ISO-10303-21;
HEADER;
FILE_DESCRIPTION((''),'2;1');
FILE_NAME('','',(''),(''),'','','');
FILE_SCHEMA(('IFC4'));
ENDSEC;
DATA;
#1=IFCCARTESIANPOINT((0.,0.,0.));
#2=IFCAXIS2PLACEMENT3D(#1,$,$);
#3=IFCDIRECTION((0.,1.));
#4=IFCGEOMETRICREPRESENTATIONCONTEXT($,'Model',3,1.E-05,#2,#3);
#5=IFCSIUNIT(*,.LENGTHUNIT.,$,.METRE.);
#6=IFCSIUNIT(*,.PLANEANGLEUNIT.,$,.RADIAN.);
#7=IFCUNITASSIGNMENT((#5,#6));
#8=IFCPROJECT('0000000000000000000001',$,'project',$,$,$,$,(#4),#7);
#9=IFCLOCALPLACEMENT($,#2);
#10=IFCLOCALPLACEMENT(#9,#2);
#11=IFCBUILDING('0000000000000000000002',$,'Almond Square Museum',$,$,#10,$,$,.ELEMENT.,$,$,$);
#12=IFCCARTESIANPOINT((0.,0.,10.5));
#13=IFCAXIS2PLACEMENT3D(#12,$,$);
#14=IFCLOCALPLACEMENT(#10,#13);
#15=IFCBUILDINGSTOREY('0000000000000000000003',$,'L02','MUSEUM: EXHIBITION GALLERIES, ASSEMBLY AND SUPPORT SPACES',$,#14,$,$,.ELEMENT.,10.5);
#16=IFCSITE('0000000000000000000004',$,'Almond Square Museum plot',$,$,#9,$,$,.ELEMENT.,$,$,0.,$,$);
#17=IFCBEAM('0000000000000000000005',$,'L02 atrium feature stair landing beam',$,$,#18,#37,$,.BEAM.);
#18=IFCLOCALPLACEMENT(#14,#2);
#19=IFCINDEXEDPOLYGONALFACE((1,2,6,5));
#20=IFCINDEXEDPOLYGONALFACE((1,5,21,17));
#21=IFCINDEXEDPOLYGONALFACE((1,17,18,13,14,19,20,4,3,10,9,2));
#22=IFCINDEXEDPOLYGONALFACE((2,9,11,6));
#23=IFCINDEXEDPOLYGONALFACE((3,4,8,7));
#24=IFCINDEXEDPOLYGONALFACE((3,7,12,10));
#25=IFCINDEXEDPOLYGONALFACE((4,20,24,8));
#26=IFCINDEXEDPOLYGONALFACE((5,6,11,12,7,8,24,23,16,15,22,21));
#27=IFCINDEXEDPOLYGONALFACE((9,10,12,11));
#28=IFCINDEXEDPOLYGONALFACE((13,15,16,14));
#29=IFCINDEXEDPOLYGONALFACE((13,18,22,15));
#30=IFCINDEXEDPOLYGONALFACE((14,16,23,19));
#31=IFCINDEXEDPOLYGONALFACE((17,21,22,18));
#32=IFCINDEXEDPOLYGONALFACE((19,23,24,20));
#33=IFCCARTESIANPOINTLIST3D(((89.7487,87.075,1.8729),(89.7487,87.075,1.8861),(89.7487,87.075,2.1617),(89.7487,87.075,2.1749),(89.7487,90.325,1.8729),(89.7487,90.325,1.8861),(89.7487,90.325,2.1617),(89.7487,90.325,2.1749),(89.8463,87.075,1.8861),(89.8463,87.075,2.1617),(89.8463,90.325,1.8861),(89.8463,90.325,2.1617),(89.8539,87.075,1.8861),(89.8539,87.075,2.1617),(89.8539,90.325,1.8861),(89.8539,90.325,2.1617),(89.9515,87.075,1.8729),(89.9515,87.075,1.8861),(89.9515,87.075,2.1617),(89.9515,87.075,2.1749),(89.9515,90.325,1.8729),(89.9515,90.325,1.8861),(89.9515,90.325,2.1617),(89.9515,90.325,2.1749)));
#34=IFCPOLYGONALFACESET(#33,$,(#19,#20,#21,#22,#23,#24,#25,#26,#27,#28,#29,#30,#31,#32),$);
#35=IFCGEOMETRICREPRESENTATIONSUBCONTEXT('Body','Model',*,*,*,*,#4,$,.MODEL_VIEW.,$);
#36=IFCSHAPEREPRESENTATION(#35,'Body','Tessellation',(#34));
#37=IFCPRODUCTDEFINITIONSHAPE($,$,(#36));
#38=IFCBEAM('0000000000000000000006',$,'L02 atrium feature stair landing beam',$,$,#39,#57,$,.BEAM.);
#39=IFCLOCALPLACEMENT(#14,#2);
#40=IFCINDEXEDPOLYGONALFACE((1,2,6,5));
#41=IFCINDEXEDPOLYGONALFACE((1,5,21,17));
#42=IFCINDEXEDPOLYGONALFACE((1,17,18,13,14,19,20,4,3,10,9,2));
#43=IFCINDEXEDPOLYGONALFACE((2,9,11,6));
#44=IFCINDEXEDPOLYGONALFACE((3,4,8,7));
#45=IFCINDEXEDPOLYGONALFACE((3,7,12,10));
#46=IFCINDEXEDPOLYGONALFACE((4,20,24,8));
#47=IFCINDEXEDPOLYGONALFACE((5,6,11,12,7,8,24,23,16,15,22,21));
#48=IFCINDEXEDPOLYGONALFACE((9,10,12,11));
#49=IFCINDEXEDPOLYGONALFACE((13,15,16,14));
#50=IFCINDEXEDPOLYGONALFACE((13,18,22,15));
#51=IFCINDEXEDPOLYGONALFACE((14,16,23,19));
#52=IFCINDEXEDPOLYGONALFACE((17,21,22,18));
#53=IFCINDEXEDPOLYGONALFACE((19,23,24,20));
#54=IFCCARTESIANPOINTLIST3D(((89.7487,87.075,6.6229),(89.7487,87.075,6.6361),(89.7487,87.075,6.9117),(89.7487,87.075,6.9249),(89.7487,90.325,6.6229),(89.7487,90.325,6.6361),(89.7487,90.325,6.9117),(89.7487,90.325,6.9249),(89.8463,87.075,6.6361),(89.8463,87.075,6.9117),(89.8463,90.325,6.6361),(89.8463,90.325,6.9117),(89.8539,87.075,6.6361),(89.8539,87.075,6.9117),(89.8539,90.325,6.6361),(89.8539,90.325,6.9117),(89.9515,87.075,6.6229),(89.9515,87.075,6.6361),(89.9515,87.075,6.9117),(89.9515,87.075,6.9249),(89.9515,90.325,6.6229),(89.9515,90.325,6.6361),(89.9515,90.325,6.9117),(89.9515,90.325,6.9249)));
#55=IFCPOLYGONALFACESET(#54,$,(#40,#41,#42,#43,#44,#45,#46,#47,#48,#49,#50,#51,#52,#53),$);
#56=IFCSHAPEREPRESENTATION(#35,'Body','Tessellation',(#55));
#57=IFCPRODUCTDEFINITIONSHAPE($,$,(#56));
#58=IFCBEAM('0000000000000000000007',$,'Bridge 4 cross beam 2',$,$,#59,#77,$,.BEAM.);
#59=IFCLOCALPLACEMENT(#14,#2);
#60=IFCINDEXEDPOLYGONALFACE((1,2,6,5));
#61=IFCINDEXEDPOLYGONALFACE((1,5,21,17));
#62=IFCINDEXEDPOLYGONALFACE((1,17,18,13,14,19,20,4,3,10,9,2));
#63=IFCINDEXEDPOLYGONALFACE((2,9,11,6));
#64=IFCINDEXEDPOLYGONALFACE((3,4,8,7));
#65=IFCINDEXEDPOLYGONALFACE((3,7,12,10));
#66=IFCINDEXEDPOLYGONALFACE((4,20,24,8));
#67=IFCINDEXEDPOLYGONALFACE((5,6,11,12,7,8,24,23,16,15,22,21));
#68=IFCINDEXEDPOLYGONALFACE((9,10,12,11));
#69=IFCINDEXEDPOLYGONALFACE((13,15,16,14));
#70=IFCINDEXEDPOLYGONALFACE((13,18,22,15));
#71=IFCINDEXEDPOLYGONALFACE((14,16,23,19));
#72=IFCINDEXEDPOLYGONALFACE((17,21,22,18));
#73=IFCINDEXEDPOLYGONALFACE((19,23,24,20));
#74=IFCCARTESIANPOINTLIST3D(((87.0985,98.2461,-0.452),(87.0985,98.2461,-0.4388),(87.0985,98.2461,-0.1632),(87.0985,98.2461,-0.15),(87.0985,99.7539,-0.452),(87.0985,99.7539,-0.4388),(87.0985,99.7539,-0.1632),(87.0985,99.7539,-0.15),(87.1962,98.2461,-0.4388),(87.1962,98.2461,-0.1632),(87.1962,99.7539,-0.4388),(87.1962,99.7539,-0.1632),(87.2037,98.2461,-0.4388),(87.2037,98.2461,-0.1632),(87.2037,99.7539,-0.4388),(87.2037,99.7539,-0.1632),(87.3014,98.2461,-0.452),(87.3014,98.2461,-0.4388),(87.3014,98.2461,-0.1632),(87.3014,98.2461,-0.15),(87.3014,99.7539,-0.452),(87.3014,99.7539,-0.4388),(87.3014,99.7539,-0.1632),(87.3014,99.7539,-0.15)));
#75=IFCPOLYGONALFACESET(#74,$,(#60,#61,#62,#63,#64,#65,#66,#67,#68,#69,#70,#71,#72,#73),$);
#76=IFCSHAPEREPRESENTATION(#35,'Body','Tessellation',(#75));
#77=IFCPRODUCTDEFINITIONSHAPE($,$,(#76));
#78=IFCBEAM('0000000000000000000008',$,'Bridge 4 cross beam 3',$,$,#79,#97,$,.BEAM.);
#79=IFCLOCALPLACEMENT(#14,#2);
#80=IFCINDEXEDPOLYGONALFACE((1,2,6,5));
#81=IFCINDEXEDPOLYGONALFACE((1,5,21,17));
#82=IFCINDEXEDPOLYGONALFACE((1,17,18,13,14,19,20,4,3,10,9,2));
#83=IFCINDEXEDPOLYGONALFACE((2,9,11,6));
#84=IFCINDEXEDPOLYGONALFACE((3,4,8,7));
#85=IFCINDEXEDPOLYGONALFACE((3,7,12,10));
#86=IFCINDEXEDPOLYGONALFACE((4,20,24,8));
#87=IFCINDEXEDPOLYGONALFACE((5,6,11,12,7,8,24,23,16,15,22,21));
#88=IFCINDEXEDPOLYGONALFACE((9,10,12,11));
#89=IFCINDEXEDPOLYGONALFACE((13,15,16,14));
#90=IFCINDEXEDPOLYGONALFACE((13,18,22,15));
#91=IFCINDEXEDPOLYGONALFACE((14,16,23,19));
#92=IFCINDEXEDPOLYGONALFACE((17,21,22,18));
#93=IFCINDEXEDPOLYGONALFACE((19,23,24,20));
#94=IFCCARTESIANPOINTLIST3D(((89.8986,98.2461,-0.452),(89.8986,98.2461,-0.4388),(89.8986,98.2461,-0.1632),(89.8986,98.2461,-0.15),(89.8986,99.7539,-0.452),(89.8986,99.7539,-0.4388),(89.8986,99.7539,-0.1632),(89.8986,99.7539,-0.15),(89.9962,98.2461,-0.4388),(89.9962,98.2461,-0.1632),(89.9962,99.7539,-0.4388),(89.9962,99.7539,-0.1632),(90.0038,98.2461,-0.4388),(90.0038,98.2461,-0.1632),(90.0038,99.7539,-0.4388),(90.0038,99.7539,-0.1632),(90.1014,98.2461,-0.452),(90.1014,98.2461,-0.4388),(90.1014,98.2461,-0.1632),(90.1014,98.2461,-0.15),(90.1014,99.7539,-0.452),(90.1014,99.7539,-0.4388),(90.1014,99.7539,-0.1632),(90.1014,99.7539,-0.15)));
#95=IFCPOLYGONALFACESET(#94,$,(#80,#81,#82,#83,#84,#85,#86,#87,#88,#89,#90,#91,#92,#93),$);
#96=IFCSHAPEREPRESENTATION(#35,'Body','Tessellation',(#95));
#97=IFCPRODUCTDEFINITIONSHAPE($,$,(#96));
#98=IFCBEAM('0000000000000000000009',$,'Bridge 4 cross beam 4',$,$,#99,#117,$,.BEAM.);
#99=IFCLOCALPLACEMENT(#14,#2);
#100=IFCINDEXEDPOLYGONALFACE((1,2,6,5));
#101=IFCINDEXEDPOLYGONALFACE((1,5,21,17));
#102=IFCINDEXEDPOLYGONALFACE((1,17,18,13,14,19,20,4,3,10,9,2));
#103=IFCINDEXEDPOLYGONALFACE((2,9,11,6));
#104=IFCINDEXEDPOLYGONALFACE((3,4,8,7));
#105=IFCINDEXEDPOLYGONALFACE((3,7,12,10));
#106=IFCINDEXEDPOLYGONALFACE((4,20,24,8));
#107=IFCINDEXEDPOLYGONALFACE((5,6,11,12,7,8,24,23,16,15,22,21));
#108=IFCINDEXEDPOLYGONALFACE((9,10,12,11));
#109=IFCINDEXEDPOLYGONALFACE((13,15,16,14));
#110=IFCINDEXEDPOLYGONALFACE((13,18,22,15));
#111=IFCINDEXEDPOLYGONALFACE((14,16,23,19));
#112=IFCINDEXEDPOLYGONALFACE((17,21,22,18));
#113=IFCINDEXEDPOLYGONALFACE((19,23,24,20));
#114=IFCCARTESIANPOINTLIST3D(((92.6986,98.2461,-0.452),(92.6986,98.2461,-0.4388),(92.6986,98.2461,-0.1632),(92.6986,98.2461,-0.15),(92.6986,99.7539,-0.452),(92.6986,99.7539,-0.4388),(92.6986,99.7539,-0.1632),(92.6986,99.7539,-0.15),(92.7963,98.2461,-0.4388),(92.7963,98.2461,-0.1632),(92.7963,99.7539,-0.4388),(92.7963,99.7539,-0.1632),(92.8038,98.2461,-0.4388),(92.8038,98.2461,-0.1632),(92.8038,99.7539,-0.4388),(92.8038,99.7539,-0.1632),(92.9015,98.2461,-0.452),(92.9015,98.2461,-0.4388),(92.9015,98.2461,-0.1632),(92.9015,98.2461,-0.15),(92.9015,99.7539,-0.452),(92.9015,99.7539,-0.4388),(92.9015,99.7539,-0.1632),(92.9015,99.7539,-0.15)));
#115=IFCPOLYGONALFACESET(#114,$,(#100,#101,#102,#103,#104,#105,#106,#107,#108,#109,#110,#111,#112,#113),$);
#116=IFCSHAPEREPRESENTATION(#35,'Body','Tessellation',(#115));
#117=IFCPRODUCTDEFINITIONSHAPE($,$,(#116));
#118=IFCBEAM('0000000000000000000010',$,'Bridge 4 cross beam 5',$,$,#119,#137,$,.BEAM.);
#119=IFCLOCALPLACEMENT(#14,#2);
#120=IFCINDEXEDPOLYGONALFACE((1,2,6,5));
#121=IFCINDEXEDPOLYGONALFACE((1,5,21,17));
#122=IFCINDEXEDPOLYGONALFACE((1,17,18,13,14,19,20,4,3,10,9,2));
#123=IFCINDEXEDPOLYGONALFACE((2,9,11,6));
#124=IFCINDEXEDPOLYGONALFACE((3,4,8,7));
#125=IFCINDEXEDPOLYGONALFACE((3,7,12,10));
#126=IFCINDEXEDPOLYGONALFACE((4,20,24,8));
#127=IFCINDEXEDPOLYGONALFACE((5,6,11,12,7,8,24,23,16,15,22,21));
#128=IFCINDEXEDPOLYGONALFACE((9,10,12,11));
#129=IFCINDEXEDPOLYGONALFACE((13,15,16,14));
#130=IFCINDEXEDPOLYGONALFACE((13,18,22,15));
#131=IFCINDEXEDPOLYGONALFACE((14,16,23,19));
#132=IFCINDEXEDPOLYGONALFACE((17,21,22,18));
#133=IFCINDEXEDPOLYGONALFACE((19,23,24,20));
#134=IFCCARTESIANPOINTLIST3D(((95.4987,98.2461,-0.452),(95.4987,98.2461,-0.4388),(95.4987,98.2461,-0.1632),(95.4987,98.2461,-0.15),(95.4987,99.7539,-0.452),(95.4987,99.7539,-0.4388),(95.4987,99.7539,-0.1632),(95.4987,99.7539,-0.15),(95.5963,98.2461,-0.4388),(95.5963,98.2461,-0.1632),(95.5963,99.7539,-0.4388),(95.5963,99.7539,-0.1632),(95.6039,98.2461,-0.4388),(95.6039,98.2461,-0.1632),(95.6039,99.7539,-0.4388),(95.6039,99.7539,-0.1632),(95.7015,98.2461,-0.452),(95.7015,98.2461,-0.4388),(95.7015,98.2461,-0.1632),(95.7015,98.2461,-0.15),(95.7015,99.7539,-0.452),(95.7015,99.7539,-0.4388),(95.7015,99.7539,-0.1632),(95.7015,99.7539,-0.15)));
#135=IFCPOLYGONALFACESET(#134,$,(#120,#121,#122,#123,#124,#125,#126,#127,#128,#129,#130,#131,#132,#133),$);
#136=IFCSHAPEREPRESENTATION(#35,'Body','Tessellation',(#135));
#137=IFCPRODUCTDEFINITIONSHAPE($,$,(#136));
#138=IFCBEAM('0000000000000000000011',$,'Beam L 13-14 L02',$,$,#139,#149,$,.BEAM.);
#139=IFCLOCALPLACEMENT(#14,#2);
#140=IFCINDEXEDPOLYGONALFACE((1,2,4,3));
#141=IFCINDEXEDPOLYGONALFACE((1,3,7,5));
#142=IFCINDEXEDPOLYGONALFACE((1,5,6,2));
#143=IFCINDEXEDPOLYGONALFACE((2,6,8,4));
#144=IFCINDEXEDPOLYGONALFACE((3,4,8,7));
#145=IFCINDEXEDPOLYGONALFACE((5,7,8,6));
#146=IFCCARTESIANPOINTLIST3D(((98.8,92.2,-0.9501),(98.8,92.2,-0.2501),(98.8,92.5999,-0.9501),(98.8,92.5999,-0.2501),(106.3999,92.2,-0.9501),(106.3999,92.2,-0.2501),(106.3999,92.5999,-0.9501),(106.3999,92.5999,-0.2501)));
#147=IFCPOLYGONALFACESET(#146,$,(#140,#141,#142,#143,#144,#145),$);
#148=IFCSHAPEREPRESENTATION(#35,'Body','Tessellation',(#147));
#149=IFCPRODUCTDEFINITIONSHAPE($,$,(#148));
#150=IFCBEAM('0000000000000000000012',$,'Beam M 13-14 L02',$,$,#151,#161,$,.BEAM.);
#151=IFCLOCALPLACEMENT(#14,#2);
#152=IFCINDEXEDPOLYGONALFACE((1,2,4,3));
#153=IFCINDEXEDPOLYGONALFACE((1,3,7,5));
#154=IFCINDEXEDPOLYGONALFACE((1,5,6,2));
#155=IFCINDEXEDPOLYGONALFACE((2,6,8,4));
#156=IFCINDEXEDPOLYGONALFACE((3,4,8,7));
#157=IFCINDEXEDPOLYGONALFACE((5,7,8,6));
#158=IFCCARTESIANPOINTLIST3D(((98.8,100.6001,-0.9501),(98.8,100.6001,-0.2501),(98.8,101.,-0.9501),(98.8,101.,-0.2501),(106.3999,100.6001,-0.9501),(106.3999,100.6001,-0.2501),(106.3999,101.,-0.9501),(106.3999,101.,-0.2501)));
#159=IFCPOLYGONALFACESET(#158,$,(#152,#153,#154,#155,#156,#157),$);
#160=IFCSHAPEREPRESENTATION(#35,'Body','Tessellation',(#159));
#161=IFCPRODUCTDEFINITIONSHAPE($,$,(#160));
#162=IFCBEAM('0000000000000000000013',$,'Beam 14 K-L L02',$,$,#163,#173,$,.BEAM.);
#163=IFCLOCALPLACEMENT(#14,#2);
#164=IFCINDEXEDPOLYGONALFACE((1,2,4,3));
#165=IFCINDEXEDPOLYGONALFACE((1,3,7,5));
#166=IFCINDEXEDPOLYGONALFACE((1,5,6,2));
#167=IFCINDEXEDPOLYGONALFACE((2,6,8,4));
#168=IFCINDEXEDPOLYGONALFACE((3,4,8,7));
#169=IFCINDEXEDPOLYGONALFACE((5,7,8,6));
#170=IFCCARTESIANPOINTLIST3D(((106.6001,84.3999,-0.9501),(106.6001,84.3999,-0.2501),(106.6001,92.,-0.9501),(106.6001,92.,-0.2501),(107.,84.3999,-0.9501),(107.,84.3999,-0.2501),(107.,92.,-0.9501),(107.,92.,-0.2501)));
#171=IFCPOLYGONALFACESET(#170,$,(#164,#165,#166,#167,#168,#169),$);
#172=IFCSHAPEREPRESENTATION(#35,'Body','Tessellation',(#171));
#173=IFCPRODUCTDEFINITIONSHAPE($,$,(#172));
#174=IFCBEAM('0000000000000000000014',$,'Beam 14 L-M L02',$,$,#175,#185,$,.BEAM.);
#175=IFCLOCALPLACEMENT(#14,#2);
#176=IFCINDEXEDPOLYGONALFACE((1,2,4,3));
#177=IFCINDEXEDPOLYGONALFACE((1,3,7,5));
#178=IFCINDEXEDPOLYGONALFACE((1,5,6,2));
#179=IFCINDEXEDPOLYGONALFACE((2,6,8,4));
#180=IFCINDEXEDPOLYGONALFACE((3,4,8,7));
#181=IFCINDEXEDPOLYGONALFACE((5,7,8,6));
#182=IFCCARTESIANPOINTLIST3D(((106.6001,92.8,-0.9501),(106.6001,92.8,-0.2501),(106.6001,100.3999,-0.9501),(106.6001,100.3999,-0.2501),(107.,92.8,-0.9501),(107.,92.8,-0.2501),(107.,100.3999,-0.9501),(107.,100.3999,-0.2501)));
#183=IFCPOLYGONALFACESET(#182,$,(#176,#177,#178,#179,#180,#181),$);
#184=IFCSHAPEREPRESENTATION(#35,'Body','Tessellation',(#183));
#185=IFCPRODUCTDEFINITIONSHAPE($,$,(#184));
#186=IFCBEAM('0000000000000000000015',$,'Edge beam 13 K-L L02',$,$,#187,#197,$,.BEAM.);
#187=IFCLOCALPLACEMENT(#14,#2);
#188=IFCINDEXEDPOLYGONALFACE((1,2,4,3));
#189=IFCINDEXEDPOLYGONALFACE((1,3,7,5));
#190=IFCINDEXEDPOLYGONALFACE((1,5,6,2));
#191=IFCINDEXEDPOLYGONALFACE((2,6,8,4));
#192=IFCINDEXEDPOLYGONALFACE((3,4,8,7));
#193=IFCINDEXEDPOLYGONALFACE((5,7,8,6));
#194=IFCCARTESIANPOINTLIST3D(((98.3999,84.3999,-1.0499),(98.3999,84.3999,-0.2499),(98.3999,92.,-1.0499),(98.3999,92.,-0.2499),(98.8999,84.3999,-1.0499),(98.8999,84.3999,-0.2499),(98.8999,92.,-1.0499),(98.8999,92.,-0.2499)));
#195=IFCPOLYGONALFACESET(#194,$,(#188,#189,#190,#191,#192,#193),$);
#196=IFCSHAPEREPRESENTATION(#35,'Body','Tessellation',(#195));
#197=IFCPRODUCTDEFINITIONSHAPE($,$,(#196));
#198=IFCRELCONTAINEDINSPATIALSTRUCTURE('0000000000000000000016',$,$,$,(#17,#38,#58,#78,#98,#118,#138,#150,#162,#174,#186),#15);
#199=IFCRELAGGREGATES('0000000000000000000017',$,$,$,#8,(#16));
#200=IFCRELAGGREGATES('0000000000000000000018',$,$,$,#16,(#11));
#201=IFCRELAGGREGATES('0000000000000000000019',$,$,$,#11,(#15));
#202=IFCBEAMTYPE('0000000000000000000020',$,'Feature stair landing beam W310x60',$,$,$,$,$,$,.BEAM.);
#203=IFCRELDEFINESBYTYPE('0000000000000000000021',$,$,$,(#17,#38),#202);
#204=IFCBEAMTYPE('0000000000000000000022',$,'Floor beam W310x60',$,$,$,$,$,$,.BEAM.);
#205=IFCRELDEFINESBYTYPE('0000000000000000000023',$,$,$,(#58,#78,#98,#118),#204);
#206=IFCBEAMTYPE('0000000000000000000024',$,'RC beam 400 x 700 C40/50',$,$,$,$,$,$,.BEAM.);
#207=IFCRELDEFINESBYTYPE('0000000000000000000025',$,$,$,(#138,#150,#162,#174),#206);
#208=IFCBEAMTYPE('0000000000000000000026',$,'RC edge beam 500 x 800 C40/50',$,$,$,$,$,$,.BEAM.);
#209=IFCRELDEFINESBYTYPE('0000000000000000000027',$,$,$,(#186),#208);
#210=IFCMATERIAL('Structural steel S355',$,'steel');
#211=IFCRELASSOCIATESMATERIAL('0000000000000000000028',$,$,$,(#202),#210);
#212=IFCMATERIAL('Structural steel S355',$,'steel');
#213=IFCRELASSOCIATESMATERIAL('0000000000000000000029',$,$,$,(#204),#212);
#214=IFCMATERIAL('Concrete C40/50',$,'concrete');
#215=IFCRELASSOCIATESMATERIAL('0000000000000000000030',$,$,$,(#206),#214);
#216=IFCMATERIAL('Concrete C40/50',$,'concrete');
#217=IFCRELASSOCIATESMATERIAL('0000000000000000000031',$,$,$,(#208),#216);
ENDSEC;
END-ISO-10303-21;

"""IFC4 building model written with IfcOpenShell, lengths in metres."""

from ifc_helpers import new_model, si_unit, direction, frame, origin, origin_2d, place, context, subcontext, project, spatial, rectangle, i_section, extrude, material, material_profile, profile_set, type_object, element, save


model = new_model("IFC4")

# Units and contexts
model_context = context("Model", 3, precision=1e-05, world=origin(), true_north=direction((0.0, 1.0)))
body_context = subcontext(model_context, "Body", "Model", "MODEL_VIEW")
ifc_project = project(units=[si_unit("LENGTHUNIT", "METRE"), si_unit("PLANEANGLEUNIT", "RADIAN")], contexts=[model_context])

# Site, building, storey
site_placement = place(None, origin())
site = spatial("IfcSite", under=ifc_project, at=site_placement, Name="Almond Square Museum plot", CompositionType="ELEMENT", RefElevation=0.0)
building_placement = place(site_placement, origin())
building = spatial("IfcBuilding", under=site, at=building_placement, Name="Almond Square Museum", CompositionType="ELEMENT")
storey_placement = place(building_placement, frame((0.0, 0.0, 10.5)))
storey = spatial("IfcBuildingStorey", under=building, at=storey_placement, Name="L02", Description="MUSEUM: EXHIBITION GALLERIES, ASSEMBLY AND SUPPORT SPACES", CompositionType="ELEMENT", Elevation=10.5)

# Beams
ifc_material_1 = material(Name="Structural steel S355", Category="steel")
ifc_material_profile_1 = material_profile(ifc_material_1, i_section(OverallWidth=0.2029, OverallDepth=0.302, WebThickness=0.0076, FlangeThickness=0.0132, at=origin_2d()))
ifc_profile_set_1 = profile_set([ifc_material_profile_1], Name="Structural steel S355")
beam_type_1 = type_object("IfcBeamType", Name="Feature stair landing beam W310x60", PredefinedType="BEAM", material=ifc_profile_set_1)
for number, where, z_axis, x_axis, name in (
    (1, (89.8501, 87.075, 2.0239), (0.0, 1.0, 0.0), (-1.0, 0.0, 0.0), "L02 atrium feature stair landing beam"),
    (2, (89.8501, 87.075, 6.7739), (0.0, 1.0, 0.0), (-1.0, 0.0, 0.0), "L02 atrium feature stair landing beam"),
):
    element("IfcBeam", number, at=place(storey_placement, frame(where, z_axis=z_axis, x_axis=x_axis)), inside=storey, type_object=beam_type_1, Name=name, PredefinedType="BEAM", context=body_context, shape_type="SweptSolid", body=[
        extrude(i_section(OverallWidth=0.2029, OverallDepth=0.302, WebThickness=0.0076, FlangeThickness=0.0132, at=origin_2d()), origin(), (0.0, 0.0, 1.0), 3.25),
    ])
ifc_material_2 = material(Name="Structural steel S355", Category="steel")
ifc_material_profile_2 = material_profile(ifc_material_2, i_section(OverallWidth=0.2029, OverallDepth=0.302, WebThickness=0.0076, FlangeThickness=0.0132, at=origin_2d()))
ifc_profile_set_2 = profile_set([ifc_material_profile_2], Name="Structural steel S355")
beam_type_2 = type_object("IfcBeamType", Name="Floor beam W310x60", PredefinedType="BEAM", material=ifc_profile_set_2)
for number, where, z_axis, x_axis, name in (
    (3, (87.2, 98.2461, -0.301), (0.0, 1.0, 0.0), (-1.0, 0.0, 0.0), "Bridge 4 cross beam 2"),
    (4, (90.0, 98.2461, -0.301), (0.0, 1.0, 0.0), (-1.0, 0.0, 0.0), "Bridge 4 cross beam 3"),
    (5, (92.8, 98.2461, -0.301), (0.0, 1.0, 0.0), (-1.0, 0.0, 0.0), "Bridge 4 cross beam 4"),
    (6, (95.6001, 98.2461, -0.301), (0.0, 1.0, 0.0), (-1.0, 0.0, 0.0), "Bridge 4 cross beam 5"),
):
    element("IfcBeam", number, at=place(storey_placement, frame(where, z_axis=z_axis, x_axis=x_axis)), inside=storey, type_object=beam_type_2, Name=name, PredefinedType="BEAM", context=body_context, shape_type="SweptSolid", body=[
        extrude(i_section(OverallWidth=0.2029, OverallDepth=0.302, WebThickness=0.0076, FlangeThickness=0.0132, at=origin_2d()), origin(), (0.0, 0.0, 1.0), 1.5078),
    ])
ifc_material_3 = material(Name="Concrete C40/50", Category="concrete")
ifc_material_profile_3 = material_profile(ifc_material_3, rectangle(XDim=0.3999, YDim=0.7, at=origin_2d()))
ifc_profile_set_3 = profile_set([ifc_material_profile_3], Name="Concrete C40/50")
beam_type_3 = type_object("IfcBeamType", Name="RC beam 400 x 700 C40/50", PredefinedType="BEAM", material=ifc_profile_set_3)
for number, where, z_axis, x_axis, name in (
    (7, (98.8, 92.3999, -0.6001), (1.0, 0.0, 0.0), (0.0, 1.0, 0.0), "Beam L 13-14 L02"),
    (8, (98.8, 100.8, -0.6001), (1.0, 0.0, 0.0), (0.0, 1.0, 0.0), "Beam M 13-14 L02"),
):
    element("IfcBeam", number, at=place(storey_placement, frame(where, z_axis=z_axis, x_axis=x_axis)), inside=storey, type_object=beam_type_3, Name=name, PredefinedType="BEAM", context=body_context, shape_type="SweptSolid", body=[
        extrude(rectangle(XDim=0.3999, YDim=0.7, at=origin_2d()), origin(), (0.0, 0.0, 1.0), 7.5999),
    ])
beam_1_placement = place(storey_placement, frame((106.8, 84.3999, -0.6001), z_axis=(0.0, 1.0, 0.0), x_axis=(-1.0, 0.0, 0.0)))
element("IfcBeam", 9, at=beam_1_placement, inside=storey, type_object=beam_type_3, Name="Beam 14 K-L L02", PredefinedType="BEAM", context=body_context, shape_type="SweptSolid", body=[
    extrude(rectangle(XDim=0.3999, YDim=0.7, at=origin_2d()), origin(), (0.0, 0.0, 1.0), 7.6001),
])
beam_2_placement = place(storey_placement, frame((106.8, 92.8, -0.6001), z_axis=(0.0, 1.0, 0.0), x_axis=(-1.0, 0.0, 0.0)))
element("IfcBeam", 10, at=beam_2_placement, inside=storey, type_object=beam_type_3, Name="Beam 14 L-M L02", PredefinedType="BEAM", context=body_context, shape_type="SweptSolid", body=[
    extrude(rectangle(XDim=0.3999, YDim=0.7, at=origin_2d()), origin(), (0.0, 0.0, 1.0), 7.5999),
])
ifc_material_4 = material(Name="Concrete C40/50", Category="concrete")
ifc_material_profile_4 = material_profile(ifc_material_4, rectangle(XDim=0.5, YDim=0.8, at=origin_2d()))
ifc_profile_set_4 = profile_set([ifc_material_profile_4], Name="Concrete C40/50")
beam_type_4 = type_object("IfcBeamType", Name="RC edge beam 500 x 800 C40/50", PredefinedType="BEAM", material=ifc_profile_set_4)
beam_3_placement = place(storey_placement, frame((98.6499, 84.3999, -0.6499), z_axis=(0.0, 1.0, 0.0), x_axis=(-1.0, 0.0, 0.0)))
element("IfcBeam", 11, at=beam_3_placement, inside=storey, type_object=beam_type_4, Name="Edge beam 13 K-L L02", PredefinedType="BEAM", context=body_context, shape_type="SweptSolid", body=[
    extrude(rectangle(XDim=0.5, YDim=0.8, at=origin_2d()), origin(), (0.0, 0.0, 1.0), 7.6001),
])

save(model, "model.ifc")
